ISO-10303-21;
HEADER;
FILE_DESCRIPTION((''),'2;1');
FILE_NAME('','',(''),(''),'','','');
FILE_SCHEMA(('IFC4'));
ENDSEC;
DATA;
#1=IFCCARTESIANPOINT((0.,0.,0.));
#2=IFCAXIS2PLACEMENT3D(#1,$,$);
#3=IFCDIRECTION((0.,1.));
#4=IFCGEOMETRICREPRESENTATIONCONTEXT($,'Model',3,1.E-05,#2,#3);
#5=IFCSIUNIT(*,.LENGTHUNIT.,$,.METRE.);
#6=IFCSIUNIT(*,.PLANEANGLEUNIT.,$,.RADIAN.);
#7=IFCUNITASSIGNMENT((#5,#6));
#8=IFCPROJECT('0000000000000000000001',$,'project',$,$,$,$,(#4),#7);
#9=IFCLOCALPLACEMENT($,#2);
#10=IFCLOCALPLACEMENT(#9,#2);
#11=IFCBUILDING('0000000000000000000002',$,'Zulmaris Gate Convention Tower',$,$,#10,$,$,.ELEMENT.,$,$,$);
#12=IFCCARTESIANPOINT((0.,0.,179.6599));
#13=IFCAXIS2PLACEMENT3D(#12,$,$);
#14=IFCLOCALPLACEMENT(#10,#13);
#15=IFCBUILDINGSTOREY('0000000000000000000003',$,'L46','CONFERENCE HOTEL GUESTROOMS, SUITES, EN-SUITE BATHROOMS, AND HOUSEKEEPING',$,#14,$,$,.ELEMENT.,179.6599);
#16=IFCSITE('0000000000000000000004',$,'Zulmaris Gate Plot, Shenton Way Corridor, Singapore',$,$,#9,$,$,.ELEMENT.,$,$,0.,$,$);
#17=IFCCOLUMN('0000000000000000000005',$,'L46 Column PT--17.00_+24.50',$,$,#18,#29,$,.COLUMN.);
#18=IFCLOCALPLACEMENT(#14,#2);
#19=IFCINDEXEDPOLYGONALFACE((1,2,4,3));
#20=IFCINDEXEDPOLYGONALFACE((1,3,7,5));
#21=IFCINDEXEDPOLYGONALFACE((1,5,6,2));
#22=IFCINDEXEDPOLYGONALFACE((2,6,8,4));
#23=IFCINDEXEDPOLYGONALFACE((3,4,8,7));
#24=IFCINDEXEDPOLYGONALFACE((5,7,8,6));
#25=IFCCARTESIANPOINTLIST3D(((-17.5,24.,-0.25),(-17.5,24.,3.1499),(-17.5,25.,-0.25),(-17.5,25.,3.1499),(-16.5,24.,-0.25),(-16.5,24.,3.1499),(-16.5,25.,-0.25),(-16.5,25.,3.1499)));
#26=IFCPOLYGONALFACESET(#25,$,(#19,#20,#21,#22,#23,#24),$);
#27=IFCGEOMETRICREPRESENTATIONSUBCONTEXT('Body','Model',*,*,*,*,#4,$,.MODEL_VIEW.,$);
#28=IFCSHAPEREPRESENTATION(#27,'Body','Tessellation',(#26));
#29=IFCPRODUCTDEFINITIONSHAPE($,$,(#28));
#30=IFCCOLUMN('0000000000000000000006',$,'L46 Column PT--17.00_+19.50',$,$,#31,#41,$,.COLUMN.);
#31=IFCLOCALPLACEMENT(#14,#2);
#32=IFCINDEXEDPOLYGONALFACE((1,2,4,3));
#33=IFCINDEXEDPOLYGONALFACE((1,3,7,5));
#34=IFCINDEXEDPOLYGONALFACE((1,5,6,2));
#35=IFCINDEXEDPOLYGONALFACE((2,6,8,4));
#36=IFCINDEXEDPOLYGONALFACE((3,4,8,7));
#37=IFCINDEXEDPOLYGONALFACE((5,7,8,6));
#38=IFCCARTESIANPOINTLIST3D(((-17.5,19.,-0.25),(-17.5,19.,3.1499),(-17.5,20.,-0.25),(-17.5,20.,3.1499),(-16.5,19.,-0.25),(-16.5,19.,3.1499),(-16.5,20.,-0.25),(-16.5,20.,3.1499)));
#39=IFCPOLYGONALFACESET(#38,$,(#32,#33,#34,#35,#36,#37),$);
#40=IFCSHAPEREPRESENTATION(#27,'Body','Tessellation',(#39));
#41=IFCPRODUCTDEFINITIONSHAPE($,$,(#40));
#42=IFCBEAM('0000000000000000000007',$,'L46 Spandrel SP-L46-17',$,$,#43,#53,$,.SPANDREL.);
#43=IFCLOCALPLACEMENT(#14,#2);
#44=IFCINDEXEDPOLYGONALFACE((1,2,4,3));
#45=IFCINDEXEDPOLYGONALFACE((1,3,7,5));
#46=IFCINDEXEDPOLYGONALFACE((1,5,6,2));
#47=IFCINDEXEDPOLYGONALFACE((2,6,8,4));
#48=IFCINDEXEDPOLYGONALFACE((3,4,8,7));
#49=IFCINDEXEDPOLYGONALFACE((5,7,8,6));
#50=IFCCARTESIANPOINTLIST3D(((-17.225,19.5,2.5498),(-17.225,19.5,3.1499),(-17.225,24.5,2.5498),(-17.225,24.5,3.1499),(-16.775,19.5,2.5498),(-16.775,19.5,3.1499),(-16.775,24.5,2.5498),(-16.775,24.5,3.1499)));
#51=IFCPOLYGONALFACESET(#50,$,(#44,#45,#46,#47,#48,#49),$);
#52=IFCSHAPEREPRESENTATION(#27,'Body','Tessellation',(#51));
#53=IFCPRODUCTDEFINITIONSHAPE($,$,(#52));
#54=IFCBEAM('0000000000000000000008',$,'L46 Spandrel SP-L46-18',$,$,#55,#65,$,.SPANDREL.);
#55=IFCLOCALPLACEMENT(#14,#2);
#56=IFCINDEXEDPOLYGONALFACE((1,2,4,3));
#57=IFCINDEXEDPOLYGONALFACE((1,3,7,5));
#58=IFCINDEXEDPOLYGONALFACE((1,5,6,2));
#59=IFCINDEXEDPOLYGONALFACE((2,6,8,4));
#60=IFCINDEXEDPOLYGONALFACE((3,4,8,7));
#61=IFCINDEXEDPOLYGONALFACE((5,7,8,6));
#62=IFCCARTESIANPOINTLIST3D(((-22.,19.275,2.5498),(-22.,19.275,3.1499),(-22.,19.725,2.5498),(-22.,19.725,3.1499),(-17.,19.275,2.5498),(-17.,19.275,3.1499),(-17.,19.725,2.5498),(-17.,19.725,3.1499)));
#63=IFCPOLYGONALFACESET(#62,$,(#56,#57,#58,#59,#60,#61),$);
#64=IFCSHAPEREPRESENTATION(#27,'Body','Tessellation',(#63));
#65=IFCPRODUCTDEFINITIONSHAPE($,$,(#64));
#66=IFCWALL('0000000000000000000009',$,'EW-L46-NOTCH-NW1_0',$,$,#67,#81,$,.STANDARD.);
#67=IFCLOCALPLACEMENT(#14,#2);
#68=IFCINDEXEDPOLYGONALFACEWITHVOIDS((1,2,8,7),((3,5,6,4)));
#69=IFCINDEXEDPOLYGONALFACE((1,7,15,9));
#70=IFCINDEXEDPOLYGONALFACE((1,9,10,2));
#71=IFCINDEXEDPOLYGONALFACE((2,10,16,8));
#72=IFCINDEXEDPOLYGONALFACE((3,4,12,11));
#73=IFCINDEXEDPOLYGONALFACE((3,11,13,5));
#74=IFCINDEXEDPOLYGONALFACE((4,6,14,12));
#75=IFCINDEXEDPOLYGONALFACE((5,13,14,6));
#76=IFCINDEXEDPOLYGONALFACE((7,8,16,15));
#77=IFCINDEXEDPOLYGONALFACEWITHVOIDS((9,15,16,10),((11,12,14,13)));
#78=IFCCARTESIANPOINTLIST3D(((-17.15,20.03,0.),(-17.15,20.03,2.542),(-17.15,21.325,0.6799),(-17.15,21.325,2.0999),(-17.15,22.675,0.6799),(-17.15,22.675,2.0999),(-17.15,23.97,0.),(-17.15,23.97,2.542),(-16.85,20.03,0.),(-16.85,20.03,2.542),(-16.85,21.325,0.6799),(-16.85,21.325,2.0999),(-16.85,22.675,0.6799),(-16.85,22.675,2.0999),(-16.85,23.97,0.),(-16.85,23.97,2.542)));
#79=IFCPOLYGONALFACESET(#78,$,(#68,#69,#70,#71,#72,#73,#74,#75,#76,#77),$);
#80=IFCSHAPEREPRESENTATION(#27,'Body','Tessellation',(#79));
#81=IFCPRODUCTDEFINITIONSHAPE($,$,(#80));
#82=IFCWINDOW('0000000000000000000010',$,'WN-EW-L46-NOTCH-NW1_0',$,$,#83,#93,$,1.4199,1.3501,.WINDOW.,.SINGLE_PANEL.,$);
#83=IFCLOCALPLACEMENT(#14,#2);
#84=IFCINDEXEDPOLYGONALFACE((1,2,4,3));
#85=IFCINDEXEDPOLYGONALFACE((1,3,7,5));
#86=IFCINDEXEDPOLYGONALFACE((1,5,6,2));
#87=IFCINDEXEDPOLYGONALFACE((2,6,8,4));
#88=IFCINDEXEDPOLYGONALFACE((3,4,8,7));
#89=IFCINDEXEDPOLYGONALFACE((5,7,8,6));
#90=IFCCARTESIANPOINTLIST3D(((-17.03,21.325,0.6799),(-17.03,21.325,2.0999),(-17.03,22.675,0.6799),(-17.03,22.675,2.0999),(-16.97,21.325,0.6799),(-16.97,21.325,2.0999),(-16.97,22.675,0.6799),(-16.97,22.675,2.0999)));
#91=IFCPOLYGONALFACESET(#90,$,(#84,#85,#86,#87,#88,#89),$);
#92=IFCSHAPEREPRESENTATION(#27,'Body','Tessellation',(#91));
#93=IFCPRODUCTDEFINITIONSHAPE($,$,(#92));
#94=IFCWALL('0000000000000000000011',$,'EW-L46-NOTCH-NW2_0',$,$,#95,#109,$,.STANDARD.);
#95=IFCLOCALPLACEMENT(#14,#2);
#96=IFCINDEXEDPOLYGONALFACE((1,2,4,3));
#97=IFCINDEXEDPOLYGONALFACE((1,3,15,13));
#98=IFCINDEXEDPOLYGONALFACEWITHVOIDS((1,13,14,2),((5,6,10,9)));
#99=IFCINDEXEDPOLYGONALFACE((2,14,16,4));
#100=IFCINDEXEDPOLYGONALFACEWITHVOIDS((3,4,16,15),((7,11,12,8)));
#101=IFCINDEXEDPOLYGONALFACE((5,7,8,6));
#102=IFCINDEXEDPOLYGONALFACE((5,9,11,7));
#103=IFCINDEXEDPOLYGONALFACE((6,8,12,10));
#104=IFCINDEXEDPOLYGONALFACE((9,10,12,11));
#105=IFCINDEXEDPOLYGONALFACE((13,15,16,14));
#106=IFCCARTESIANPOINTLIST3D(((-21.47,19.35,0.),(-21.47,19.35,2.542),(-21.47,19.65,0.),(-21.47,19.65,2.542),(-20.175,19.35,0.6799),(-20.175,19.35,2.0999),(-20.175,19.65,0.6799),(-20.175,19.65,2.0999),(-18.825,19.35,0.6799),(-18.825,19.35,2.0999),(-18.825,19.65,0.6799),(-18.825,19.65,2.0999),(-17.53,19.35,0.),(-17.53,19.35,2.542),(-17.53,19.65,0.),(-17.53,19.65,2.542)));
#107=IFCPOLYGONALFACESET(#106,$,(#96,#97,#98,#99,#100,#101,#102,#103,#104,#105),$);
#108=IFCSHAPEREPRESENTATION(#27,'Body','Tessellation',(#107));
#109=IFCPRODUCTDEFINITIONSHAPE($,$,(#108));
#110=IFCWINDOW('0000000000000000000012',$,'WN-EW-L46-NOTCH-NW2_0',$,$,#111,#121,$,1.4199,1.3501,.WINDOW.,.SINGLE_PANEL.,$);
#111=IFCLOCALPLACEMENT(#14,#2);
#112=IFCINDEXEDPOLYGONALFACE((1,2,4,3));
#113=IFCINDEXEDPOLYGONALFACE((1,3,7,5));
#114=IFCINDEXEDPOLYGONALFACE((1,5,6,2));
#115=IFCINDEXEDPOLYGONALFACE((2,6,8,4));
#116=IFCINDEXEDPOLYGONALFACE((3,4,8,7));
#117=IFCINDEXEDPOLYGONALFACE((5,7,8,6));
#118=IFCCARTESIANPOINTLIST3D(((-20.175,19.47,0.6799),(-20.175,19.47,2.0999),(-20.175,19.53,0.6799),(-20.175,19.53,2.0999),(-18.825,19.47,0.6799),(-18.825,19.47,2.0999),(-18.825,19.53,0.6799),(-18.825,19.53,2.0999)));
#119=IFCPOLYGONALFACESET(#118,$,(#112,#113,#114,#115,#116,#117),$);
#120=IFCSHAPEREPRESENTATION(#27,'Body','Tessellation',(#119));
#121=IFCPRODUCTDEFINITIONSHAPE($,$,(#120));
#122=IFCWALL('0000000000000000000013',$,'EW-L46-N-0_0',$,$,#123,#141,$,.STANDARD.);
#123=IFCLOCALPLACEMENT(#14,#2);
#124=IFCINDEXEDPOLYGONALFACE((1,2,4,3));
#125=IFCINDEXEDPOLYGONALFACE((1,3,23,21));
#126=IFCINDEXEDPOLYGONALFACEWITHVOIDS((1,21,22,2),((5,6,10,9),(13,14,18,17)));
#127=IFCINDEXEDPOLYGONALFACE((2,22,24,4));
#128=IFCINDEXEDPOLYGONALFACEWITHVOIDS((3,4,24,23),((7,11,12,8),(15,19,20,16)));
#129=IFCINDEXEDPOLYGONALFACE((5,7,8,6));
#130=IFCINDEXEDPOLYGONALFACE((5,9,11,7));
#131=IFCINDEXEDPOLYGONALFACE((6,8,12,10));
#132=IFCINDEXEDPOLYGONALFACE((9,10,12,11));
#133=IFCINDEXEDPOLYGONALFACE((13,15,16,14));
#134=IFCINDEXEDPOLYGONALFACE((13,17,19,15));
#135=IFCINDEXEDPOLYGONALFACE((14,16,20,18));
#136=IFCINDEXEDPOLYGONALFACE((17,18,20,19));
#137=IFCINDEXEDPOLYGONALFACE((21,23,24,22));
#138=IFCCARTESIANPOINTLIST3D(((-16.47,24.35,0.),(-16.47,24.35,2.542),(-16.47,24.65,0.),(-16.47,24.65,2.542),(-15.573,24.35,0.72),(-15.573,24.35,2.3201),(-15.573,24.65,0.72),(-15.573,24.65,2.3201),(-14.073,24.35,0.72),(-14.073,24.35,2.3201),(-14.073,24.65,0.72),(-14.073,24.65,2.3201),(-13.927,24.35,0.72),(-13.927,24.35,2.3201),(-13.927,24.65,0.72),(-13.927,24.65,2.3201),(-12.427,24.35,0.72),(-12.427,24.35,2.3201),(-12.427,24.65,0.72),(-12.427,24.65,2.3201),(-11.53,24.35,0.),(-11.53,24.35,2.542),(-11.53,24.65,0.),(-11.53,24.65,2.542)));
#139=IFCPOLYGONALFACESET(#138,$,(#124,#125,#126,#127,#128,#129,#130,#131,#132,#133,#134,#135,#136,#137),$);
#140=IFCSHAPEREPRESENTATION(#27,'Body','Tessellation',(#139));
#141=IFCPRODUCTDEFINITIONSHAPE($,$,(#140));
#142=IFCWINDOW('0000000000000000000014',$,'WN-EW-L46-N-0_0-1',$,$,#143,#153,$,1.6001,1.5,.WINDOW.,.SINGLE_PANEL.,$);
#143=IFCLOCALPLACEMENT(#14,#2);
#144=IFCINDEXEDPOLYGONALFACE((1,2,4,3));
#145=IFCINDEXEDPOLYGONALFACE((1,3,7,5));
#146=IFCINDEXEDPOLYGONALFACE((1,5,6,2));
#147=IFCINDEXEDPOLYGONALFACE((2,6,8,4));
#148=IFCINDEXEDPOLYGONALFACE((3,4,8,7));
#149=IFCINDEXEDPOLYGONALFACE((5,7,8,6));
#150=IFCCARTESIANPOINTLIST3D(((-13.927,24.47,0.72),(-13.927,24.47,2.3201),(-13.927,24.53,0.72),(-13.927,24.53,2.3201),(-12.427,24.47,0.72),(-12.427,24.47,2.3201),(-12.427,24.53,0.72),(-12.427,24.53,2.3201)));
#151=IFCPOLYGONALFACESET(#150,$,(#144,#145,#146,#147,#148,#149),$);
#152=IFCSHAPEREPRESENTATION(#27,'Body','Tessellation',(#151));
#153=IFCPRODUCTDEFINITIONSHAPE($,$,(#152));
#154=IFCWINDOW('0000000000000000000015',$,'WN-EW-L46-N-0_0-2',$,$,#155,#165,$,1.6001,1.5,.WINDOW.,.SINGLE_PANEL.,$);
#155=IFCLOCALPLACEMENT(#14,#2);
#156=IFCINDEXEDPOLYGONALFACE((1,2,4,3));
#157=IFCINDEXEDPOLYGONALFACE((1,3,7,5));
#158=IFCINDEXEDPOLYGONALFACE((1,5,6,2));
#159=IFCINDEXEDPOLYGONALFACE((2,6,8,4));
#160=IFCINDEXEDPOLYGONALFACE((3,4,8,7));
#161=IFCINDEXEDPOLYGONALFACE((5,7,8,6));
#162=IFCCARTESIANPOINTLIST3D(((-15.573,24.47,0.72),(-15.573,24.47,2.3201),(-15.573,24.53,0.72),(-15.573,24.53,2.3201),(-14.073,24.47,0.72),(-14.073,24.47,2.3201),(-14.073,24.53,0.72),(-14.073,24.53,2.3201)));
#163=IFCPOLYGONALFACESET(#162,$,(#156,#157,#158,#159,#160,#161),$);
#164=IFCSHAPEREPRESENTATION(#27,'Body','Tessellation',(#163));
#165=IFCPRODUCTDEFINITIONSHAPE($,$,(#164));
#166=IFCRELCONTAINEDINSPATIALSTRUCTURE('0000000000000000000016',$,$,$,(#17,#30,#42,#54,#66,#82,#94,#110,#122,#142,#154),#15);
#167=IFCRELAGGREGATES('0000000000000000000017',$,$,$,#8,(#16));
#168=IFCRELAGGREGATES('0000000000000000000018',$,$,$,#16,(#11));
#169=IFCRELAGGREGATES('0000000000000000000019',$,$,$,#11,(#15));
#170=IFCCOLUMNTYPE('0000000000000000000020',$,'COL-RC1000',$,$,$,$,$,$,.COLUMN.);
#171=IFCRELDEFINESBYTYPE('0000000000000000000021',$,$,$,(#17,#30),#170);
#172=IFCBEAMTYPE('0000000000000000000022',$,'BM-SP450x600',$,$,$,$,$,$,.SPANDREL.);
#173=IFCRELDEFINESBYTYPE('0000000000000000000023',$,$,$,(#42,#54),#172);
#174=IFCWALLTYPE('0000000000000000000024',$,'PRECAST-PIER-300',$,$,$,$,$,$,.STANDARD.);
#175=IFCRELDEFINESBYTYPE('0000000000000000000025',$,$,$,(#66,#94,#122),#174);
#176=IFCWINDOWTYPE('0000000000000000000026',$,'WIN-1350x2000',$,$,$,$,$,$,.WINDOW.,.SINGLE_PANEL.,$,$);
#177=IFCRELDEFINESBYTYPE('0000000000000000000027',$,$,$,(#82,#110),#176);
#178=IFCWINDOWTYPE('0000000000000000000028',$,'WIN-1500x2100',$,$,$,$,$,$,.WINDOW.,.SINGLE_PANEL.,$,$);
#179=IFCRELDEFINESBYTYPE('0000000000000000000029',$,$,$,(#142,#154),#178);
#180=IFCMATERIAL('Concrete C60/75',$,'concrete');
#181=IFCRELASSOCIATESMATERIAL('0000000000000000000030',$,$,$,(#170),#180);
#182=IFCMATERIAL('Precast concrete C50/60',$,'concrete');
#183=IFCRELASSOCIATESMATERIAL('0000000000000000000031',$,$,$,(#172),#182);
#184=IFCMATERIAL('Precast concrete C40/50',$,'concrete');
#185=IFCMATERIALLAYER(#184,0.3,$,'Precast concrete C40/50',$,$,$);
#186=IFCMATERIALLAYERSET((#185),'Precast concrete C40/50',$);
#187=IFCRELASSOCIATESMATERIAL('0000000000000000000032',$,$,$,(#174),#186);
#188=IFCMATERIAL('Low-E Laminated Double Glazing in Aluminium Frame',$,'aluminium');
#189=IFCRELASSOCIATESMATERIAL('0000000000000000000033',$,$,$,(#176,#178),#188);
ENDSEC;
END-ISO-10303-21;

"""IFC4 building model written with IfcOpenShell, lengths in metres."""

from ifc_helpers import new_model, si_unit, direction, frame, frame_2d, origin, origin_2d, place, context, subcontext, project, spatial, rectangle, extrude, material, layer, layer_set, material_profile, profile_set, type_object, element, fill, save


model = new_model("IFC4")

# Units and contexts
model_context = context("Model", 3, precision=1e-05, world=origin(), true_north=direction((0.0, 1.0)))
body_context = subcontext(model_context, "Body", "Model", "MODEL_VIEW")
ifc_project = project(units=[si_unit("LENGTHUNIT", "METRE"), si_unit("PLANEANGLEUNIT", "RADIAN")], contexts=[model_context])

# Site, building, storey
site_placement = place(None, origin())
site = spatial("IfcSite", under=ifc_project, at=site_placement, Name="Zulmaris Gate Plot, Shenton Way Corridor, Singapore", CompositionType="ELEMENT", RefElevation=0.0)
building_placement = place(site_placement, origin())
building = spatial("IfcBuilding", under=site, at=building_placement, Name="Zulmaris Gate Convention Tower", CompositionType="ELEMENT")
storey_placement = place(building_placement, frame((0.0, 0.0, 179.6599)))
storey = spatial("IfcBuildingStorey", under=building, at=storey_placement, Name="L46", Description="CONFERENCE HOTEL GUESTROOMS, SUITES, EN-SUITE BATHROOMS, AND HOUSEKEEPING", CompositionType="ELEMENT", Elevation=179.6599)

# Columns
ifc_material_1 = material(Name="Concrete C60/75", Category="concrete")
ifc_material_profile_1 = material_profile(ifc_material_1, rectangle(XDim=1.0, YDim=1.0, at=origin_2d()), Name="RC COL 1000x1000")
ifc_profile_set_1 = profile_set([ifc_material_profile_1], Name="Concrete C60/75")
column_type = type_object("IfcColumnType", Name="COL-RC1000", PredefinedType="COLUMN", material=ifc_profile_set_1)
for number, where, z_axis, x_axis, name in (
    (1, (-17.0, 24.5, -0.25), (0.0, 0.0, 1.0), (1.0, 0.0, 0.0), "L46 Column PT--17.00_+24.50"),
    (2, (-17.0, 19.5, -0.25), (0.0, 0.0, 1.0), (1.0, 0.0, 0.0), "L46 Column PT--17.00_+19.50"),
):
    element("IfcColumn", number, at=place(storey_placement, frame(where, z_axis=z_axis, x_axis=x_axis)), inside=storey, type_object=column_type, Name=name, PredefinedType="COLUMN", context=body_context, shape_type="SweptSolid", body=[
        extrude(rectangle(XDim=1.0, YDim=1.0, at=origin_2d()), origin(), (0.0, 0.0, 1.0), 3.3999),
    ])

# Beams
ifc_material_2 = material(Name="Precast concrete C50/60", Category="concrete")
ifc_material_profile_2 = material_profile(ifc_material_2, rectangle(XDim=0.45, YDim=0.6001, at=origin_2d()), Name="RC SPANDREL 450x600")
ifc_profile_set_2 = profile_set([ifc_material_profile_2], Name="Precast concrete C50/60")
beam_type = type_object("IfcBeamType", Name="BM-SP450x600", PredefinedType="SPANDREL", material=ifc_profile_set_2)
for number, where, z_axis, x_axis, name in (
    (3, (-17.0, 24.5, 2.8499), (0.0, -1.0, 0.0), (1.0, 0.0, 0.0), "L46 Spandrel SP-L46-17"),
    (4, (-17.0, 19.5, 2.8499), (-1.0, 0.0, 0.0), (0.0, -1.0, 0.0), "L46 Spandrel SP-L46-18"),
):
    element("IfcBeam", number, at=place(storey_placement, frame(where, z_axis=z_axis, x_axis=x_axis)), inside=storey, type_object=beam_type, Name=name, PredefinedType="SPANDREL", context=body_context, shape_type="SweptSolid", body=[
        extrude(rectangle(XDim=0.45, YDim=0.6001, at=origin_2d()), origin(), (0.0, 0.0, 1.0), 5.0),
    ])

# Walls, openings, windows
ifc_material_3 = material(Name="Precast concrete C40/50", Category="concrete")
ifc_layer_1 = layer(ifc_material_3, 0.3, Name="Precast concrete C40/50")
ifc_layer_set_1 = layer_set([ifc_layer_1], Name="Precast concrete C40/50")
wall_type = type_object("IfcWallType", Name="PRECAST-PIER-300", PredefinedType="STANDARD", material=ifc_layer_set_1)
wall_1_placement = place(storey_placement, frame((-17.0, 23.97, 0.0), z_axis=(0.0, 0.0, 1.0), x_axis=(0.0, -1.0, 0.0)))
wall_1 = element("IfcWall", 5, at=wall_1_placement, inside=storey, type_object=wall_type, Name="EW-L46-NOTCH-NW1_0", PredefinedType="STANDARD", context=body_context, shape_type="SweptSolid", body=[
    extrude(rectangle(XDim=3.9399, YDim=0.3, at=frame_2d((1.97, 0.0))), origin(), (0.0, 0.0, 1.0), 2.542),
])
opening_1_placement = place(wall_1_placement, frame((1.2949, 0.0, 0.6799)))
opening_1 = element("IfcOpeningElement", 6, at=opening_1_placement, cuts=wall_1, PredefinedType="OPENING", context=body_context, shape_type="SweptSolid", body=[
    extrude(rectangle(XDim=1.3501, YDim=1.4199, at=frame_2d((0.675, 0.71))), frame((0.0, 0.1602, 0.0), z_axis=(0.0, -1.0, 0.0), x_axis=(1.0, 0.0, 0.0)), (0.0, 0.0, 1.0), 0.3201),
])
ifc_material_4 = material(Name="Low-E Laminated Double Glazing in Aluminium Frame", Category="aluminium")
window_type_1 = type_object("IfcWindowType", Name="WIN-1350x2000", PartitioningType="SINGLE_PANEL", PredefinedType="WINDOW", material=ifc_material_4)
window_1_placement = place(opening_1_placement, origin())
window_1 = element("IfcWindow", 7, at=window_1_placement, inside=storey, type_object=window_type_1, Name="WN-EW-L46-NOTCH-NW1_0", OverallHeight=1.4199, OverallWidth=1.3501, PartitioningType="SINGLE_PANEL", PredefinedType="WINDOW", context=body_context, shape_type="SweptSolid", body=[
    extrude(rectangle(XDim=1.3501, YDim=1.4199, at=frame_2d((0.675, 0.71))), frame((0.0, 0.03, 0.0), z_axis=(0.0, -1.0, 0.0), x_axis=(1.0, 0.0, 0.0)), (0.0, 0.0, 1.0), 0.0601),
])
fill(opening_1, window_1)
wall_2_placement = place(storey_placement, frame((-17.53, 19.5, 0.0), z_axis=(0.0, 0.0, 1.0), x_axis=(-1.0, 0.0, 0.0)))
wall_2 = element("IfcWall", 8, at=wall_2_placement, inside=storey, type_object=wall_type, Name="EW-L46-NOTCH-NW2_0", PredefinedType="STANDARD", context=body_context, shape_type="SweptSolid", body=[
    extrude(rectangle(XDim=3.9399, YDim=0.3, at=frame_2d((1.97, 0.0))), origin(), (0.0, 0.0, 1.0), 2.542),
])
opening_2_placement = place(wall_2_placement, frame((1.2949, 0.0, 0.6799)))
opening_2 = element("IfcOpeningElement", 9, at=opening_2_placement, cuts=wall_2, PredefinedType="OPENING", context=body_context, shape_type="SweptSolid", body=[
    extrude(rectangle(XDim=1.3501, YDim=1.4199, at=frame_2d((0.675, 0.71))), frame((0.0, 0.1602, 0.0), z_axis=(0.0, -1.0, 0.0), x_axis=(1.0, 0.0, 0.0)), (0.0, 0.0, 1.0), 0.3201),
])
window_2_placement = place(opening_2_placement, origin())
window_2 = element("IfcWindow", 10, at=window_2_placement, inside=storey, type_object=window_type_1, Name="WN-EW-L46-NOTCH-NW2_0", OverallHeight=1.4199, OverallWidth=1.3501, PartitioningType="SINGLE_PANEL", PredefinedType="WINDOW", context=body_context, shape_type="SweptSolid", body=[
    extrude(rectangle(XDim=1.3501, YDim=1.4199, at=frame_2d((0.675, 0.71))), frame((0.0, 0.03, 0.0), z_axis=(0.0, -1.0, 0.0), x_axis=(1.0, 0.0, 0.0)), (0.0, 0.0, 1.0), 0.0601),
])
fill(opening_2, window_2)

# Wall, openings, windows
wall_3_placement = place(storey_placement, frame((-11.53, 24.5, 0.0), z_axis=(0.0, 0.0, 1.0), x_axis=(-1.0, 0.0, 0.0)))
wall_3 = element("IfcWall", 11, at=wall_3_placement, inside=storey, type_object=wall_type, Name="EW-L46-N-0_0", PredefinedType="STANDARD", context=body_context, shape_type="SweptSolid", body=[
    extrude(rectangle(XDim=4.9399, YDim=0.3, at=frame_2d((2.47, 0.0))), origin(), (0.0, 0.0, 1.0), 2.542),
])
opening_3_placement = place(wall_3_placement, frame((0.897, 0.0, 0.72)))
opening_3 = element("IfcOpeningElement", 12, at=opening_3_placement, cuts=wall_3, PredefinedType="OPENING", context=body_context, shape_type="SweptSolid", body=[
    extrude(rectangle(XDim=1.5, YDim=1.6001, at=frame_2d((0.75, 0.8))), frame((0.0, 0.1602, 0.0), z_axis=(0.0, -1.0, 0.0), x_axis=(1.0, 0.0, 0.0)), (0.0, 0.0, 1.0), 0.3201),
])
opening_4_placement = place(wall_3_placement, frame((2.543, 0.0, 0.72)))
opening_4 = element("IfcOpeningElement", 13, at=opening_4_placement, cuts=wall_3, PredefinedType="OPENING", context=body_context, shape_type="SweptSolid", body=[
    extrude(rectangle(XDim=1.5, YDim=1.6001, at=frame_2d((0.75, 0.8))), frame((0.0, 0.1602, 0.0), z_axis=(0.0, -1.0, 0.0), x_axis=(1.0, 0.0, 0.0)), (0.0, 0.0, 1.0), 0.3201),
])
window_type_2 = type_object("IfcWindowType", Name="WIN-1500x2100", PartitioningType="SINGLE_PANEL", PredefinedType="WINDOW", material=ifc_material_4)
window_3_placement = place(opening_3_placement, origin())
window_3 = element("IfcWindow", 14, at=window_3_placement, inside=storey, type_object=window_type_2, Name="WN-EW-L46-N-0_0-1", OverallHeight=1.6001, OverallWidth=1.5, PartitioningType="SINGLE_PANEL", PredefinedType="WINDOW", context=body_context, shape_type="SweptSolid", body=[
    extrude(rectangle(XDim=1.5, YDim=1.6001, at=frame_2d((0.75, 0.8))), frame((0.0, 0.03, 0.0), z_axis=(0.0, -1.0, 0.0), x_axis=(1.0, 0.0, 0.0)), (0.0, 0.0, 1.0), 0.0601),
])
fill(opening_3, window_3)
window_4_placement = place(opening_4_placement, origin())
window_4 = element("IfcWindow", 15, at=window_4_placement, inside=storey, type_object=window_type_2, Name="WN-EW-L46-N-0_0-2", OverallHeight=1.6001, OverallWidth=1.5, PartitioningType="SINGLE_PANEL", PredefinedType="WINDOW", context=body_context, shape_type="SweptSolid", body=[
    extrude(rectangle(XDim=1.5, YDim=1.6001, at=frame_2d((0.75, 0.8))), frame((0.0, 0.03, 0.0), z_axis=(0.0, -1.0, 0.0), x_axis=(1.0, 0.0, 0.0)), (0.0, 0.0, 1.0), 0.0601),
])
fill(opening_4, window_4)

save(model, "model.ifc")
